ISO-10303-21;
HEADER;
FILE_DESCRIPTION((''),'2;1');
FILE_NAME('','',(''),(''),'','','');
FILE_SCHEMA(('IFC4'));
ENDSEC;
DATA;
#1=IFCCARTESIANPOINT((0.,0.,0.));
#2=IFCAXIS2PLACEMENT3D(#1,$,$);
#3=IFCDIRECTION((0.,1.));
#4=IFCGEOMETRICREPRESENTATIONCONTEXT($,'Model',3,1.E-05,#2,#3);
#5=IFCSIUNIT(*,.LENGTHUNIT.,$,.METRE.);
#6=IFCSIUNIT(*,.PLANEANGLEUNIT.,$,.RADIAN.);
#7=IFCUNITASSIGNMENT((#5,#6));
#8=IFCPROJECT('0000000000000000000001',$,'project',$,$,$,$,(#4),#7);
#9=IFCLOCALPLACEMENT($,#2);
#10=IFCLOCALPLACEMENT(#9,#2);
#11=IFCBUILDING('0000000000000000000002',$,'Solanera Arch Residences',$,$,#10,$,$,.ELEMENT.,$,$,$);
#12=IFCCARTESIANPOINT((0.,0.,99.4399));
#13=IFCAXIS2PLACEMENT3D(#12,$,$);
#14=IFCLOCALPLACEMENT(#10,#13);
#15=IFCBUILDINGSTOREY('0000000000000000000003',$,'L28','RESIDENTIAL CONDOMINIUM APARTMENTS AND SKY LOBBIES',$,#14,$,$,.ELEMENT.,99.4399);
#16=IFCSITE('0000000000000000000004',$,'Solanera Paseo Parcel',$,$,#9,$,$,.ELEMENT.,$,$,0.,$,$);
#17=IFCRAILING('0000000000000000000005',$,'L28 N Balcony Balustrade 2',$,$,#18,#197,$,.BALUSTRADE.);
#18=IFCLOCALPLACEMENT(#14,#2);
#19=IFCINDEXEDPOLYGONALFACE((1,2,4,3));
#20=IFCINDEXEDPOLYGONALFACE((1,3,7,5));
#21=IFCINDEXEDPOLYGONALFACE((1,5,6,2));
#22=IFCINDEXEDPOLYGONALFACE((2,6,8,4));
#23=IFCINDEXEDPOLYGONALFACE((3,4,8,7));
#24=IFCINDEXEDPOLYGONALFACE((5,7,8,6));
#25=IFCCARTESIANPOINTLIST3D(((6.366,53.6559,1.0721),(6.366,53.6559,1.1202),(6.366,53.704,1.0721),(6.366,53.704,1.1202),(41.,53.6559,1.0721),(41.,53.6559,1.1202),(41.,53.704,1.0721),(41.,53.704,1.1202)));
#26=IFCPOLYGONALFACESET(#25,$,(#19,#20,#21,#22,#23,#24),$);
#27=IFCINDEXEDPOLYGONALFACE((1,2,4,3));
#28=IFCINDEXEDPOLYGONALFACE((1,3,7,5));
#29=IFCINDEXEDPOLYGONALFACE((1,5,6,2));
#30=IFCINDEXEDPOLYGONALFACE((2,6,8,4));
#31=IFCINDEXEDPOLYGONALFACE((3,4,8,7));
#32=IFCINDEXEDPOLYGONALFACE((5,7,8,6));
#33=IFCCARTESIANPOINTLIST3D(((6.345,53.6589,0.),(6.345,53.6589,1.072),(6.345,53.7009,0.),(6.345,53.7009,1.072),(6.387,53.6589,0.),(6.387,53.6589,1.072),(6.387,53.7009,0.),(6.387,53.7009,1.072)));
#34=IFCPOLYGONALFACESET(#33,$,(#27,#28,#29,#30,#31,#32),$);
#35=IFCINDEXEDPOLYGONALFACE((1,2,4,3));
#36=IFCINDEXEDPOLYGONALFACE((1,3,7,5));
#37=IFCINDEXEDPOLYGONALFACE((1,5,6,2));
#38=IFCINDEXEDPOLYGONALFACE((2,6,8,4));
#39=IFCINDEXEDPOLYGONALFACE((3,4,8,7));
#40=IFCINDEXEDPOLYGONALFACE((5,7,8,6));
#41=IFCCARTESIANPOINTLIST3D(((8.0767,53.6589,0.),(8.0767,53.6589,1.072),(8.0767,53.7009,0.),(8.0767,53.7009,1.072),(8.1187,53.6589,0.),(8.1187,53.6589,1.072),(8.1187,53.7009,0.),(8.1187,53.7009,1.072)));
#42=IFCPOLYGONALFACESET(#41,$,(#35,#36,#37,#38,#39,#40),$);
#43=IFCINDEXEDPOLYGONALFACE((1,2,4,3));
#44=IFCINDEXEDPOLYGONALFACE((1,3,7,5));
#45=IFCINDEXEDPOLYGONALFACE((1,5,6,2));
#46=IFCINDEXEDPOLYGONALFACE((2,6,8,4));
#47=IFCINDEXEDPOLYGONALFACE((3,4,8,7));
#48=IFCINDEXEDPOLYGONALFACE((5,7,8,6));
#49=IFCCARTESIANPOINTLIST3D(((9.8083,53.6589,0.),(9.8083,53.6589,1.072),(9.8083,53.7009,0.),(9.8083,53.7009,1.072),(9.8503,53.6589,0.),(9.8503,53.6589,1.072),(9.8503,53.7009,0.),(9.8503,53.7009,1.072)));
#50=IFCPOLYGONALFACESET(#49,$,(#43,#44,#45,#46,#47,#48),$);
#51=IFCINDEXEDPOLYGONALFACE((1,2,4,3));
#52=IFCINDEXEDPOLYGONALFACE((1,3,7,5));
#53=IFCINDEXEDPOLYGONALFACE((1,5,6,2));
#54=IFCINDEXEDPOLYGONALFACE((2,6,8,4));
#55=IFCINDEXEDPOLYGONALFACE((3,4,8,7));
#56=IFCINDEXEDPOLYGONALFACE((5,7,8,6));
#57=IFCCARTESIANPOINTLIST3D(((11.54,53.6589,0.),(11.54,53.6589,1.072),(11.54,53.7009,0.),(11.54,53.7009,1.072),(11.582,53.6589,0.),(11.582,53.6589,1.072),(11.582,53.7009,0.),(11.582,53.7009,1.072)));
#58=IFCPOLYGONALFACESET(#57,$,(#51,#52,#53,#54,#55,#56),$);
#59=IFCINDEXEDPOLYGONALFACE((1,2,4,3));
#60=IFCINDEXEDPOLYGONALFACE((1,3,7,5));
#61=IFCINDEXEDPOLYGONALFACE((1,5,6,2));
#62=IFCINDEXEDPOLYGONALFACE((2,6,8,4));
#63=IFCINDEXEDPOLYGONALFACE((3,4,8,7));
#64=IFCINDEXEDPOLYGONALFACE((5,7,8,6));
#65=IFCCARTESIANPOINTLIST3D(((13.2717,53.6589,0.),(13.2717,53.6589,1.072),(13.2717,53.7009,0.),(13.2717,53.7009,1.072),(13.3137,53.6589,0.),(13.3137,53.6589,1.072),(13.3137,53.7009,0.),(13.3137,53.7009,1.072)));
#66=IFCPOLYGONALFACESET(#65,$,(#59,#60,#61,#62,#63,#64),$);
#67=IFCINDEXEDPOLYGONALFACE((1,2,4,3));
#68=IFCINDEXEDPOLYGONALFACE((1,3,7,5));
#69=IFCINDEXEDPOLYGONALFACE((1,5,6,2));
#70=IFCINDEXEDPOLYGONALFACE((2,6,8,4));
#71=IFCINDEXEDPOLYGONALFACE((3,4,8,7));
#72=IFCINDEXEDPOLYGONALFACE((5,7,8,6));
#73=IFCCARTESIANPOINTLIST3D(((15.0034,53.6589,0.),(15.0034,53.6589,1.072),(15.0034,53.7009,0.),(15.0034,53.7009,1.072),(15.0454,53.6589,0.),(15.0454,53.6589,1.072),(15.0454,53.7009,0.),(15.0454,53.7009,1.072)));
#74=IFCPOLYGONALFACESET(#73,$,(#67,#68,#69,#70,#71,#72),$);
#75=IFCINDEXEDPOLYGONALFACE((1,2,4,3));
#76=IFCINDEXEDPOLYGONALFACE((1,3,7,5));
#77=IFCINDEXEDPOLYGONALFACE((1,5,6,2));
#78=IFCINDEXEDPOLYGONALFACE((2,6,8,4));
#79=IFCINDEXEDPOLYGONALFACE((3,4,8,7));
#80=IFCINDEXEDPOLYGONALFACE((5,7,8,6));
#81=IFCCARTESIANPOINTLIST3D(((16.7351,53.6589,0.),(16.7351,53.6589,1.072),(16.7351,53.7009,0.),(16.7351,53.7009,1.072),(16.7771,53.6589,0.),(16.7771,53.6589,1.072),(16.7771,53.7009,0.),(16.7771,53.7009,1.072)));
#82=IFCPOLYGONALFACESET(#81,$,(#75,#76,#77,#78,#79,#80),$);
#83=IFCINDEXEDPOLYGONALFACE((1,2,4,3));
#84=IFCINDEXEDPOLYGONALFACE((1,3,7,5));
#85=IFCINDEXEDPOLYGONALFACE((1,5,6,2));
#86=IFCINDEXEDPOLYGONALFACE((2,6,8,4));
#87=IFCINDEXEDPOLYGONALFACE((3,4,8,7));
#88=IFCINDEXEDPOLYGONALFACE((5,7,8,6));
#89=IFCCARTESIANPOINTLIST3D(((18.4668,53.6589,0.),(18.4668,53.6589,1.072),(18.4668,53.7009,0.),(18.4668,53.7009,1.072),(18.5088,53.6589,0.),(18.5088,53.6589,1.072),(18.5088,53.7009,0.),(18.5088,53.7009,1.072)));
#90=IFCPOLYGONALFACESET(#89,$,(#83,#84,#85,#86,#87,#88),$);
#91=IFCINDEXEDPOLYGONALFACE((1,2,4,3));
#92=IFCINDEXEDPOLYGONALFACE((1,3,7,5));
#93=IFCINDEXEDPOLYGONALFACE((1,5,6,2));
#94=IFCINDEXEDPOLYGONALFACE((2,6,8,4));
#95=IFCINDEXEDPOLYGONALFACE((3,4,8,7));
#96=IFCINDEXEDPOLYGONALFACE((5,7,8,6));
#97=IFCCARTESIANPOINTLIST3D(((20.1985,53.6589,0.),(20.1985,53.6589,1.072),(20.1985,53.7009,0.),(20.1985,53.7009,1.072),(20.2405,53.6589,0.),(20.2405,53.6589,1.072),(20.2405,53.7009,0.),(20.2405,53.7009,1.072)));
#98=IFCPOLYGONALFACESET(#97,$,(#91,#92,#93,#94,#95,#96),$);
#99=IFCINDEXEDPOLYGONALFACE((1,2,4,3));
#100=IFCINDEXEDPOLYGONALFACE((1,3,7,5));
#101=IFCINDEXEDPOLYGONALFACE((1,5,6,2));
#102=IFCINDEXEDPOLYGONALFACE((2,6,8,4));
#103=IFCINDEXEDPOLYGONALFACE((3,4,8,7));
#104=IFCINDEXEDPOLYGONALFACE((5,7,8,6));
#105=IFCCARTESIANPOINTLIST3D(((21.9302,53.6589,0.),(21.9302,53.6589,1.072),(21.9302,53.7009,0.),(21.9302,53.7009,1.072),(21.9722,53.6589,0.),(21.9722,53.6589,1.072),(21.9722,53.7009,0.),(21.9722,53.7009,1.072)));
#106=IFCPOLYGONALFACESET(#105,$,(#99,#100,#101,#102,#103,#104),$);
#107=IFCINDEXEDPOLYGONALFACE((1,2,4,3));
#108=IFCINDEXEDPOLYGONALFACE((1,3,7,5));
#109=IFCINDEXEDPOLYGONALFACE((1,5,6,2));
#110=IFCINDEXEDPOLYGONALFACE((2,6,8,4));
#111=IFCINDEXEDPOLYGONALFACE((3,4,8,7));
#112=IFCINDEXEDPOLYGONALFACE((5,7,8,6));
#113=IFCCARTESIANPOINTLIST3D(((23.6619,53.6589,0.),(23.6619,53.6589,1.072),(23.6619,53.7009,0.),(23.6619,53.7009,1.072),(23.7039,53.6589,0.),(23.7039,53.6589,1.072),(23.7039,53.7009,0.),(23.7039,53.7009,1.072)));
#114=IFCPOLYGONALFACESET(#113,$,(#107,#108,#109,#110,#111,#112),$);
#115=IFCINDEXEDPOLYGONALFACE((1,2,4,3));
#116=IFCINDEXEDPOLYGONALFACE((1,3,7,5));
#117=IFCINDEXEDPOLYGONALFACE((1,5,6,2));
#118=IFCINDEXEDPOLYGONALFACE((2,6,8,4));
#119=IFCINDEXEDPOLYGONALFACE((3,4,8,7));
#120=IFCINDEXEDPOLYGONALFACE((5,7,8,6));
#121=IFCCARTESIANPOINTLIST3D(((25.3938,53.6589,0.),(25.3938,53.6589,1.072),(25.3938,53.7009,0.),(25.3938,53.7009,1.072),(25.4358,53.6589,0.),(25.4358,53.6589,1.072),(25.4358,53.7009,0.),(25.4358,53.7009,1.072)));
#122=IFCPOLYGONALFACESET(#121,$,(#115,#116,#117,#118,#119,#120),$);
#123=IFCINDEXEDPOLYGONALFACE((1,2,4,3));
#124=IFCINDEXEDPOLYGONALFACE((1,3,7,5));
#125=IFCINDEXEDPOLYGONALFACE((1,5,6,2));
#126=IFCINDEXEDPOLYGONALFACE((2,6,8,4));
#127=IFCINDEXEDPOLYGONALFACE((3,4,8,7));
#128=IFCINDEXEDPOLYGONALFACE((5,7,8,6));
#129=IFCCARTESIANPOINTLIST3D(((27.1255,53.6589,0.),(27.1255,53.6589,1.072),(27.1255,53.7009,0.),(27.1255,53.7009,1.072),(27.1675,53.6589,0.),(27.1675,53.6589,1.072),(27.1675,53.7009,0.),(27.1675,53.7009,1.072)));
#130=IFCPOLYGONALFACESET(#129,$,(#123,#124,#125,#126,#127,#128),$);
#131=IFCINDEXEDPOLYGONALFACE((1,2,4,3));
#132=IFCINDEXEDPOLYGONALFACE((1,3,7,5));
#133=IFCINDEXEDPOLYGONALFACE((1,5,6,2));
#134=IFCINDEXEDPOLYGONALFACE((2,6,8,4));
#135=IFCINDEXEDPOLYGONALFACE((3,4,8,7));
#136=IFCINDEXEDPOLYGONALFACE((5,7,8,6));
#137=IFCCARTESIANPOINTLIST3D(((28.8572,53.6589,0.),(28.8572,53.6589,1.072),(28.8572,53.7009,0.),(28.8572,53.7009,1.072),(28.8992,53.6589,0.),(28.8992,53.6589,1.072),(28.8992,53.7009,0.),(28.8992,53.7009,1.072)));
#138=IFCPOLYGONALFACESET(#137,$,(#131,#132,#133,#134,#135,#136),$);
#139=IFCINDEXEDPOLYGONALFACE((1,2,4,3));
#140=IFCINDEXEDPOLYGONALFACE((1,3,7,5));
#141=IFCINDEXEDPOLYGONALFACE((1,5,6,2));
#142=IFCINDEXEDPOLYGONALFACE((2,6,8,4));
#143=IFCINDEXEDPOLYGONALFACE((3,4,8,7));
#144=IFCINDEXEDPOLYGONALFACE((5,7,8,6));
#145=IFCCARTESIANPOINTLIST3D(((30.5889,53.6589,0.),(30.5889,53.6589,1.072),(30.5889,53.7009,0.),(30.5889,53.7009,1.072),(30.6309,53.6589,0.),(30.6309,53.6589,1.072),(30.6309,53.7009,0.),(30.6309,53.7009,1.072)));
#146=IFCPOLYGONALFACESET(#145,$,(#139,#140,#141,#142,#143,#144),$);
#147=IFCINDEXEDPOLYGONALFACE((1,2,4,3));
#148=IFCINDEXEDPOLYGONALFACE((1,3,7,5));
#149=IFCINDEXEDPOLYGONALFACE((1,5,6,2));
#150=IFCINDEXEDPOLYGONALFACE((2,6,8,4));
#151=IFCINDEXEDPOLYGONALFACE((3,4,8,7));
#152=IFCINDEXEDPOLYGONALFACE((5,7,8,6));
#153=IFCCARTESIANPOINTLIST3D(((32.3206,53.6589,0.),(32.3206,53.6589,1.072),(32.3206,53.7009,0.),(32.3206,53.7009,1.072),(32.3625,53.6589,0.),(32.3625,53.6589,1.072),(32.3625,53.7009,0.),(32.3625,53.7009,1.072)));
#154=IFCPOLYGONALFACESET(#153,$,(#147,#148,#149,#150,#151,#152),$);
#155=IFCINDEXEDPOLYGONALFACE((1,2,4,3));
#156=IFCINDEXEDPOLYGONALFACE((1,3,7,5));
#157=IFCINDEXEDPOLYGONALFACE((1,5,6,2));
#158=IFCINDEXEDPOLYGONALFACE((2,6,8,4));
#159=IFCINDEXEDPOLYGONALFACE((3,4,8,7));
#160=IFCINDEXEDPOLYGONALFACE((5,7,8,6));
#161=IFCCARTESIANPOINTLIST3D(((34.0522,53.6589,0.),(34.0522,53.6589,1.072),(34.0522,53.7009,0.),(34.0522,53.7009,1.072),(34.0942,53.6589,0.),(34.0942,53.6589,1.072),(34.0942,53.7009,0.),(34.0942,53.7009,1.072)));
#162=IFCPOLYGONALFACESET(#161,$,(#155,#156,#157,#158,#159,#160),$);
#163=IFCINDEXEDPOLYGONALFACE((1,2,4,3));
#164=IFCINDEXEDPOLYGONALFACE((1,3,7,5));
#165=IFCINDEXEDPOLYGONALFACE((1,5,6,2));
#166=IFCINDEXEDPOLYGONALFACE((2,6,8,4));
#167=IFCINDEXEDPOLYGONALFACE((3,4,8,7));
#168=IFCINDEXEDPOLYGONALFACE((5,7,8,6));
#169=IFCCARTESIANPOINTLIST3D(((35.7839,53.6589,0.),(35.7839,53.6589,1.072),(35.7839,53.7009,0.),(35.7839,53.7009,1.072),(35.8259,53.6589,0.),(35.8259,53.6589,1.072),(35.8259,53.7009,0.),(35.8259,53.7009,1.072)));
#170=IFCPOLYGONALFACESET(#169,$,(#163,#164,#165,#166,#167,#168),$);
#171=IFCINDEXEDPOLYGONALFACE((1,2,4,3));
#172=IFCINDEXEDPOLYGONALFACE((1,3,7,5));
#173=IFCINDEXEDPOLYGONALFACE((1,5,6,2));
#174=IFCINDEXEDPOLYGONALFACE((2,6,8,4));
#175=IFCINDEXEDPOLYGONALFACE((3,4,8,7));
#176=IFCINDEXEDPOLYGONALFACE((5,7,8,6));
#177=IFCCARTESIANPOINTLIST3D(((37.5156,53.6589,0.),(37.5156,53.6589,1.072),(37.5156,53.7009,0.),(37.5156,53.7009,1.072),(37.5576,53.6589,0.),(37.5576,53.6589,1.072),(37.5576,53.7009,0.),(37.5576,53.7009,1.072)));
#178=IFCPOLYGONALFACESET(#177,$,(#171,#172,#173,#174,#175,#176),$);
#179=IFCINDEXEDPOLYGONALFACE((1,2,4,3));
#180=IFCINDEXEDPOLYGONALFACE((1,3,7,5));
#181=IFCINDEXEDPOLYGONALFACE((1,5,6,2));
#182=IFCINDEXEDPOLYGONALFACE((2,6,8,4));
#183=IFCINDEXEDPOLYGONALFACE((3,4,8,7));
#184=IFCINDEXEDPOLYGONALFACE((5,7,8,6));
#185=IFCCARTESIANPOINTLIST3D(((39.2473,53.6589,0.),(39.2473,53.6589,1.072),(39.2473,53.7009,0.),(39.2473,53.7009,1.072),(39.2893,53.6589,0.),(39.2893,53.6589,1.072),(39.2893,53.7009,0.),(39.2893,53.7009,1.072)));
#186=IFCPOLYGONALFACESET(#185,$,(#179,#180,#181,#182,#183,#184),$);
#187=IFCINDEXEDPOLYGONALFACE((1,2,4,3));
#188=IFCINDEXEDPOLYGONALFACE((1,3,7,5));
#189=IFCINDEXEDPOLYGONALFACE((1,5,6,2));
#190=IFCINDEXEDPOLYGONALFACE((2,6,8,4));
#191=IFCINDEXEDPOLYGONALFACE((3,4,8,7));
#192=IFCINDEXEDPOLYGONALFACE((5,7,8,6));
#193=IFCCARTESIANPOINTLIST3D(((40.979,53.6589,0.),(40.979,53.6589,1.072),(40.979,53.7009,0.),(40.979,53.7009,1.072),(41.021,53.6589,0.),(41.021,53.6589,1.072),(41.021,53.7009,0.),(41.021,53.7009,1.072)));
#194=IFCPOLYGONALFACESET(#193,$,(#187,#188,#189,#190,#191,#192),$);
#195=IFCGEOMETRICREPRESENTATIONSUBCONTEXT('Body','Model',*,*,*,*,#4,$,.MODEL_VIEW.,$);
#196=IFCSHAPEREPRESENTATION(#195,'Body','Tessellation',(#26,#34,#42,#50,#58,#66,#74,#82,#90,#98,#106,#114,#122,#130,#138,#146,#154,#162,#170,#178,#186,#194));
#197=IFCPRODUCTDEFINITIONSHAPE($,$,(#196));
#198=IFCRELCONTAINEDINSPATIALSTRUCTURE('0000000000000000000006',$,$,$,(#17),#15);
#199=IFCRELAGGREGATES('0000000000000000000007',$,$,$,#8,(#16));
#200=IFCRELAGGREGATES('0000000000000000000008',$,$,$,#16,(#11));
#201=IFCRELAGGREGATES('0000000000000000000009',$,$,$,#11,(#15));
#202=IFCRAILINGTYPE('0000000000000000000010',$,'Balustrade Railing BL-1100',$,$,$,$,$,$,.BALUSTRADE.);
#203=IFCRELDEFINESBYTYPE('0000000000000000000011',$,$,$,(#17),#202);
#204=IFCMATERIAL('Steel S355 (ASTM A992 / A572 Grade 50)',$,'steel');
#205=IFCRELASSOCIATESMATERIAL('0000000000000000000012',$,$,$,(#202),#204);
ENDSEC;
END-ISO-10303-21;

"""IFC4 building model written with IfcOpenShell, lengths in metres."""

from ifc_helpers import new_model, si_unit, direction, frame, origin, origin_2d, place, context, subcontext, project, spatial, rectangle, extrude, material, type_object, element, save


model = new_model("IFC4")

# Units and contexts
model_context = context("Model", 3, precision=1e-05, world=origin(), true_north=direction((0.0, 1.0)))
body_context = subcontext(model_context, "Body", "Model", "MODEL_VIEW")
ifc_project = project(units=[si_unit("LENGTHUNIT", "METRE"), si_unit("PLANEANGLEUNIT", "RADIAN")], contexts=[model_context])

# Site, building, storey
site_placement = place(None, origin())
site = spatial("IfcSite", under=ifc_project, at=site_placement, Name="Solanera Paseo Parcel", CompositionType="ELEMENT", RefElevation=0.0)
building_placement = place(site_placement, origin())
building = spatial("IfcBuilding", under=site, at=building_placement, Name="Solanera Arch Residences", CompositionType="ELEMENT")
storey_placement = place(building_placement, frame((0.0, 0.0, 99.4399)))
storey = spatial("IfcBuildingStorey", under=building, at=storey_placement, Name="L28", Description="RESIDENTIAL CONDOMINIUM APARTMENTS AND SKY LOBBIES", CompositionType="ELEMENT", Elevation=99.4399)

# Railing
ifc_material_1 = material(Name="Steel S355 (ASTM A992 / A572 Grade 50)", Category="steel")
railing_type = type_object("IfcRailingType", Name="Balustrade Railing BL-1100", PredefinedType="BALUSTRADE", material=ifc_material_1)
railing_placement = place(storey_placement, frame((6.366, 53.6799, 0.0)))
element("IfcRailing", 1, at=railing_placement, inside=storey, type_object=railing_type, Name="L28 N Balcony Balustrade 2", PredefinedType="BALUSTRADE", context=body_context, shape_type="SweptSolid", body=[
    extrude(rectangle(XDim=0.0481, YDim=0.0481, at=origin_2d()), frame((0.0, 0.0, 1.0962), z_axis=(1.0, 0.0, 0.0), x_axis=(0.0, 1.0, 0.0)), (0.0, 0.0, 1.0), 34.634),
    extrude(rectangle(XDim=0.042, YDim=0.042, at=origin_2d()), origin(), (0.0, 0.0, 1.0), 1.072),
    extrude(rectangle(XDim=0.042, YDim=0.042, at=origin_2d()), frame((1.7317, 0.0, 0.0)), (0.0, 0.0, 1.0), 1.072),
    extrude(rectangle(XDim=0.042, YDim=0.042, at=origin_2d()), frame((3.4634, 0.0, 0.0)), (0.0, 0.0, 1.0), 1.072),
    extrude(rectangle(XDim=0.042, YDim=0.042, at=origin_2d()), frame((5.1951, 0.0, 0.0)), (0.0, 0.0, 1.0), 1.072),
    extrude(rectangle(XDim=0.042, YDim=0.042, at=origin_2d()), frame((6.9268, 0.0, 0.0)), (0.0, 0.0, 1.0), 1.072),
    extrude(rectangle(XDim=0.042, YDim=0.042, at=origin_2d()), frame((8.6584, 0.0, 0.0)), (0.0, 0.0, 1.0), 1.072),
    extrude(rectangle(XDim=0.042, YDim=0.042, at=origin_2d()), frame((10.3901, 0.0, 0.0)), (0.0, 0.0, 1.0), 1.072),
    extrude(rectangle(XDim=0.042, YDim=0.042, at=origin_2d()), frame((12.1218, 0.0, 0.0)), (0.0, 0.0, 1.0), 1.072),
    extrude(rectangle(XDim=0.042, YDim=0.042, at=origin_2d()), frame((13.8535, 0.0, 0.0)), (0.0, 0.0, 1.0), 1.072),
    extrude(rectangle(XDim=0.042, YDim=0.042, at=origin_2d()), frame((15.5852, 0.0, 0.0)), (0.0, 0.0, 1.0), 1.072),
    extrude(rectangle(XDim=0.042, YDim=0.042, at=origin_2d()), frame((17.3169, 0.0, 0.0)), (0.0, 0.0, 1.0), 1.072),
    extrude(rectangle(XDim=0.042, YDim=0.042, at=origin_2d()), frame((19.0488, 0.0, 0.0)), (0.0, 0.0, 1.0), 1.072),
    extrude(rectangle(XDim=0.042, YDim=0.042, at=origin_2d()), frame((20.7805, 0.0, 0.0)), (0.0, 0.0, 1.0), 1.072),
    extrude(rectangle(XDim=0.042, YDim=0.042, at=origin_2d()), frame((22.5122, 0.0, 0.0)), (0.0, 0.0, 1.0), 1.072),
    extrude(rectangle(XDim=0.042, YDim=0.042, at=origin_2d()), frame((24.2439, 0.0, 0.0)), (0.0, 0.0, 1.0), 1.072),
    extrude(rectangle(XDim=0.042, YDim=0.042, at=origin_2d()), frame((25.9756, 0.0, 0.0)), (0.0, 0.0, 1.0), 1.072),
    extrude(rectangle(XDim=0.042, YDim=0.042, at=origin_2d()), frame((27.7073, 0.0, 0.0)), (0.0, 0.0, 1.0), 1.072),
    extrude(rectangle(XDim=0.042, YDim=0.042, at=origin_2d()), frame((29.439, 0.0, 0.0)), (0.0, 0.0, 1.0), 1.072),
    extrude(rectangle(XDim=0.042, YDim=0.042, at=origin_2d()), frame((31.1707, 0.0, 0.0)), (0.0, 0.0, 1.0), 1.072),
    extrude(rectangle(XDim=0.042, YDim=0.042, at=origin_2d()), frame((32.9023, 0.0, 0.0)), (0.0, 0.0, 1.0), 1.072),
    extrude(rectangle(XDim=0.042, YDim=0.042, at=origin_2d()), frame((34.634, 0.0, 0.0)), (0.0, 0.0, 1.0), 1.072),
])

save(model, "model.ifc")
